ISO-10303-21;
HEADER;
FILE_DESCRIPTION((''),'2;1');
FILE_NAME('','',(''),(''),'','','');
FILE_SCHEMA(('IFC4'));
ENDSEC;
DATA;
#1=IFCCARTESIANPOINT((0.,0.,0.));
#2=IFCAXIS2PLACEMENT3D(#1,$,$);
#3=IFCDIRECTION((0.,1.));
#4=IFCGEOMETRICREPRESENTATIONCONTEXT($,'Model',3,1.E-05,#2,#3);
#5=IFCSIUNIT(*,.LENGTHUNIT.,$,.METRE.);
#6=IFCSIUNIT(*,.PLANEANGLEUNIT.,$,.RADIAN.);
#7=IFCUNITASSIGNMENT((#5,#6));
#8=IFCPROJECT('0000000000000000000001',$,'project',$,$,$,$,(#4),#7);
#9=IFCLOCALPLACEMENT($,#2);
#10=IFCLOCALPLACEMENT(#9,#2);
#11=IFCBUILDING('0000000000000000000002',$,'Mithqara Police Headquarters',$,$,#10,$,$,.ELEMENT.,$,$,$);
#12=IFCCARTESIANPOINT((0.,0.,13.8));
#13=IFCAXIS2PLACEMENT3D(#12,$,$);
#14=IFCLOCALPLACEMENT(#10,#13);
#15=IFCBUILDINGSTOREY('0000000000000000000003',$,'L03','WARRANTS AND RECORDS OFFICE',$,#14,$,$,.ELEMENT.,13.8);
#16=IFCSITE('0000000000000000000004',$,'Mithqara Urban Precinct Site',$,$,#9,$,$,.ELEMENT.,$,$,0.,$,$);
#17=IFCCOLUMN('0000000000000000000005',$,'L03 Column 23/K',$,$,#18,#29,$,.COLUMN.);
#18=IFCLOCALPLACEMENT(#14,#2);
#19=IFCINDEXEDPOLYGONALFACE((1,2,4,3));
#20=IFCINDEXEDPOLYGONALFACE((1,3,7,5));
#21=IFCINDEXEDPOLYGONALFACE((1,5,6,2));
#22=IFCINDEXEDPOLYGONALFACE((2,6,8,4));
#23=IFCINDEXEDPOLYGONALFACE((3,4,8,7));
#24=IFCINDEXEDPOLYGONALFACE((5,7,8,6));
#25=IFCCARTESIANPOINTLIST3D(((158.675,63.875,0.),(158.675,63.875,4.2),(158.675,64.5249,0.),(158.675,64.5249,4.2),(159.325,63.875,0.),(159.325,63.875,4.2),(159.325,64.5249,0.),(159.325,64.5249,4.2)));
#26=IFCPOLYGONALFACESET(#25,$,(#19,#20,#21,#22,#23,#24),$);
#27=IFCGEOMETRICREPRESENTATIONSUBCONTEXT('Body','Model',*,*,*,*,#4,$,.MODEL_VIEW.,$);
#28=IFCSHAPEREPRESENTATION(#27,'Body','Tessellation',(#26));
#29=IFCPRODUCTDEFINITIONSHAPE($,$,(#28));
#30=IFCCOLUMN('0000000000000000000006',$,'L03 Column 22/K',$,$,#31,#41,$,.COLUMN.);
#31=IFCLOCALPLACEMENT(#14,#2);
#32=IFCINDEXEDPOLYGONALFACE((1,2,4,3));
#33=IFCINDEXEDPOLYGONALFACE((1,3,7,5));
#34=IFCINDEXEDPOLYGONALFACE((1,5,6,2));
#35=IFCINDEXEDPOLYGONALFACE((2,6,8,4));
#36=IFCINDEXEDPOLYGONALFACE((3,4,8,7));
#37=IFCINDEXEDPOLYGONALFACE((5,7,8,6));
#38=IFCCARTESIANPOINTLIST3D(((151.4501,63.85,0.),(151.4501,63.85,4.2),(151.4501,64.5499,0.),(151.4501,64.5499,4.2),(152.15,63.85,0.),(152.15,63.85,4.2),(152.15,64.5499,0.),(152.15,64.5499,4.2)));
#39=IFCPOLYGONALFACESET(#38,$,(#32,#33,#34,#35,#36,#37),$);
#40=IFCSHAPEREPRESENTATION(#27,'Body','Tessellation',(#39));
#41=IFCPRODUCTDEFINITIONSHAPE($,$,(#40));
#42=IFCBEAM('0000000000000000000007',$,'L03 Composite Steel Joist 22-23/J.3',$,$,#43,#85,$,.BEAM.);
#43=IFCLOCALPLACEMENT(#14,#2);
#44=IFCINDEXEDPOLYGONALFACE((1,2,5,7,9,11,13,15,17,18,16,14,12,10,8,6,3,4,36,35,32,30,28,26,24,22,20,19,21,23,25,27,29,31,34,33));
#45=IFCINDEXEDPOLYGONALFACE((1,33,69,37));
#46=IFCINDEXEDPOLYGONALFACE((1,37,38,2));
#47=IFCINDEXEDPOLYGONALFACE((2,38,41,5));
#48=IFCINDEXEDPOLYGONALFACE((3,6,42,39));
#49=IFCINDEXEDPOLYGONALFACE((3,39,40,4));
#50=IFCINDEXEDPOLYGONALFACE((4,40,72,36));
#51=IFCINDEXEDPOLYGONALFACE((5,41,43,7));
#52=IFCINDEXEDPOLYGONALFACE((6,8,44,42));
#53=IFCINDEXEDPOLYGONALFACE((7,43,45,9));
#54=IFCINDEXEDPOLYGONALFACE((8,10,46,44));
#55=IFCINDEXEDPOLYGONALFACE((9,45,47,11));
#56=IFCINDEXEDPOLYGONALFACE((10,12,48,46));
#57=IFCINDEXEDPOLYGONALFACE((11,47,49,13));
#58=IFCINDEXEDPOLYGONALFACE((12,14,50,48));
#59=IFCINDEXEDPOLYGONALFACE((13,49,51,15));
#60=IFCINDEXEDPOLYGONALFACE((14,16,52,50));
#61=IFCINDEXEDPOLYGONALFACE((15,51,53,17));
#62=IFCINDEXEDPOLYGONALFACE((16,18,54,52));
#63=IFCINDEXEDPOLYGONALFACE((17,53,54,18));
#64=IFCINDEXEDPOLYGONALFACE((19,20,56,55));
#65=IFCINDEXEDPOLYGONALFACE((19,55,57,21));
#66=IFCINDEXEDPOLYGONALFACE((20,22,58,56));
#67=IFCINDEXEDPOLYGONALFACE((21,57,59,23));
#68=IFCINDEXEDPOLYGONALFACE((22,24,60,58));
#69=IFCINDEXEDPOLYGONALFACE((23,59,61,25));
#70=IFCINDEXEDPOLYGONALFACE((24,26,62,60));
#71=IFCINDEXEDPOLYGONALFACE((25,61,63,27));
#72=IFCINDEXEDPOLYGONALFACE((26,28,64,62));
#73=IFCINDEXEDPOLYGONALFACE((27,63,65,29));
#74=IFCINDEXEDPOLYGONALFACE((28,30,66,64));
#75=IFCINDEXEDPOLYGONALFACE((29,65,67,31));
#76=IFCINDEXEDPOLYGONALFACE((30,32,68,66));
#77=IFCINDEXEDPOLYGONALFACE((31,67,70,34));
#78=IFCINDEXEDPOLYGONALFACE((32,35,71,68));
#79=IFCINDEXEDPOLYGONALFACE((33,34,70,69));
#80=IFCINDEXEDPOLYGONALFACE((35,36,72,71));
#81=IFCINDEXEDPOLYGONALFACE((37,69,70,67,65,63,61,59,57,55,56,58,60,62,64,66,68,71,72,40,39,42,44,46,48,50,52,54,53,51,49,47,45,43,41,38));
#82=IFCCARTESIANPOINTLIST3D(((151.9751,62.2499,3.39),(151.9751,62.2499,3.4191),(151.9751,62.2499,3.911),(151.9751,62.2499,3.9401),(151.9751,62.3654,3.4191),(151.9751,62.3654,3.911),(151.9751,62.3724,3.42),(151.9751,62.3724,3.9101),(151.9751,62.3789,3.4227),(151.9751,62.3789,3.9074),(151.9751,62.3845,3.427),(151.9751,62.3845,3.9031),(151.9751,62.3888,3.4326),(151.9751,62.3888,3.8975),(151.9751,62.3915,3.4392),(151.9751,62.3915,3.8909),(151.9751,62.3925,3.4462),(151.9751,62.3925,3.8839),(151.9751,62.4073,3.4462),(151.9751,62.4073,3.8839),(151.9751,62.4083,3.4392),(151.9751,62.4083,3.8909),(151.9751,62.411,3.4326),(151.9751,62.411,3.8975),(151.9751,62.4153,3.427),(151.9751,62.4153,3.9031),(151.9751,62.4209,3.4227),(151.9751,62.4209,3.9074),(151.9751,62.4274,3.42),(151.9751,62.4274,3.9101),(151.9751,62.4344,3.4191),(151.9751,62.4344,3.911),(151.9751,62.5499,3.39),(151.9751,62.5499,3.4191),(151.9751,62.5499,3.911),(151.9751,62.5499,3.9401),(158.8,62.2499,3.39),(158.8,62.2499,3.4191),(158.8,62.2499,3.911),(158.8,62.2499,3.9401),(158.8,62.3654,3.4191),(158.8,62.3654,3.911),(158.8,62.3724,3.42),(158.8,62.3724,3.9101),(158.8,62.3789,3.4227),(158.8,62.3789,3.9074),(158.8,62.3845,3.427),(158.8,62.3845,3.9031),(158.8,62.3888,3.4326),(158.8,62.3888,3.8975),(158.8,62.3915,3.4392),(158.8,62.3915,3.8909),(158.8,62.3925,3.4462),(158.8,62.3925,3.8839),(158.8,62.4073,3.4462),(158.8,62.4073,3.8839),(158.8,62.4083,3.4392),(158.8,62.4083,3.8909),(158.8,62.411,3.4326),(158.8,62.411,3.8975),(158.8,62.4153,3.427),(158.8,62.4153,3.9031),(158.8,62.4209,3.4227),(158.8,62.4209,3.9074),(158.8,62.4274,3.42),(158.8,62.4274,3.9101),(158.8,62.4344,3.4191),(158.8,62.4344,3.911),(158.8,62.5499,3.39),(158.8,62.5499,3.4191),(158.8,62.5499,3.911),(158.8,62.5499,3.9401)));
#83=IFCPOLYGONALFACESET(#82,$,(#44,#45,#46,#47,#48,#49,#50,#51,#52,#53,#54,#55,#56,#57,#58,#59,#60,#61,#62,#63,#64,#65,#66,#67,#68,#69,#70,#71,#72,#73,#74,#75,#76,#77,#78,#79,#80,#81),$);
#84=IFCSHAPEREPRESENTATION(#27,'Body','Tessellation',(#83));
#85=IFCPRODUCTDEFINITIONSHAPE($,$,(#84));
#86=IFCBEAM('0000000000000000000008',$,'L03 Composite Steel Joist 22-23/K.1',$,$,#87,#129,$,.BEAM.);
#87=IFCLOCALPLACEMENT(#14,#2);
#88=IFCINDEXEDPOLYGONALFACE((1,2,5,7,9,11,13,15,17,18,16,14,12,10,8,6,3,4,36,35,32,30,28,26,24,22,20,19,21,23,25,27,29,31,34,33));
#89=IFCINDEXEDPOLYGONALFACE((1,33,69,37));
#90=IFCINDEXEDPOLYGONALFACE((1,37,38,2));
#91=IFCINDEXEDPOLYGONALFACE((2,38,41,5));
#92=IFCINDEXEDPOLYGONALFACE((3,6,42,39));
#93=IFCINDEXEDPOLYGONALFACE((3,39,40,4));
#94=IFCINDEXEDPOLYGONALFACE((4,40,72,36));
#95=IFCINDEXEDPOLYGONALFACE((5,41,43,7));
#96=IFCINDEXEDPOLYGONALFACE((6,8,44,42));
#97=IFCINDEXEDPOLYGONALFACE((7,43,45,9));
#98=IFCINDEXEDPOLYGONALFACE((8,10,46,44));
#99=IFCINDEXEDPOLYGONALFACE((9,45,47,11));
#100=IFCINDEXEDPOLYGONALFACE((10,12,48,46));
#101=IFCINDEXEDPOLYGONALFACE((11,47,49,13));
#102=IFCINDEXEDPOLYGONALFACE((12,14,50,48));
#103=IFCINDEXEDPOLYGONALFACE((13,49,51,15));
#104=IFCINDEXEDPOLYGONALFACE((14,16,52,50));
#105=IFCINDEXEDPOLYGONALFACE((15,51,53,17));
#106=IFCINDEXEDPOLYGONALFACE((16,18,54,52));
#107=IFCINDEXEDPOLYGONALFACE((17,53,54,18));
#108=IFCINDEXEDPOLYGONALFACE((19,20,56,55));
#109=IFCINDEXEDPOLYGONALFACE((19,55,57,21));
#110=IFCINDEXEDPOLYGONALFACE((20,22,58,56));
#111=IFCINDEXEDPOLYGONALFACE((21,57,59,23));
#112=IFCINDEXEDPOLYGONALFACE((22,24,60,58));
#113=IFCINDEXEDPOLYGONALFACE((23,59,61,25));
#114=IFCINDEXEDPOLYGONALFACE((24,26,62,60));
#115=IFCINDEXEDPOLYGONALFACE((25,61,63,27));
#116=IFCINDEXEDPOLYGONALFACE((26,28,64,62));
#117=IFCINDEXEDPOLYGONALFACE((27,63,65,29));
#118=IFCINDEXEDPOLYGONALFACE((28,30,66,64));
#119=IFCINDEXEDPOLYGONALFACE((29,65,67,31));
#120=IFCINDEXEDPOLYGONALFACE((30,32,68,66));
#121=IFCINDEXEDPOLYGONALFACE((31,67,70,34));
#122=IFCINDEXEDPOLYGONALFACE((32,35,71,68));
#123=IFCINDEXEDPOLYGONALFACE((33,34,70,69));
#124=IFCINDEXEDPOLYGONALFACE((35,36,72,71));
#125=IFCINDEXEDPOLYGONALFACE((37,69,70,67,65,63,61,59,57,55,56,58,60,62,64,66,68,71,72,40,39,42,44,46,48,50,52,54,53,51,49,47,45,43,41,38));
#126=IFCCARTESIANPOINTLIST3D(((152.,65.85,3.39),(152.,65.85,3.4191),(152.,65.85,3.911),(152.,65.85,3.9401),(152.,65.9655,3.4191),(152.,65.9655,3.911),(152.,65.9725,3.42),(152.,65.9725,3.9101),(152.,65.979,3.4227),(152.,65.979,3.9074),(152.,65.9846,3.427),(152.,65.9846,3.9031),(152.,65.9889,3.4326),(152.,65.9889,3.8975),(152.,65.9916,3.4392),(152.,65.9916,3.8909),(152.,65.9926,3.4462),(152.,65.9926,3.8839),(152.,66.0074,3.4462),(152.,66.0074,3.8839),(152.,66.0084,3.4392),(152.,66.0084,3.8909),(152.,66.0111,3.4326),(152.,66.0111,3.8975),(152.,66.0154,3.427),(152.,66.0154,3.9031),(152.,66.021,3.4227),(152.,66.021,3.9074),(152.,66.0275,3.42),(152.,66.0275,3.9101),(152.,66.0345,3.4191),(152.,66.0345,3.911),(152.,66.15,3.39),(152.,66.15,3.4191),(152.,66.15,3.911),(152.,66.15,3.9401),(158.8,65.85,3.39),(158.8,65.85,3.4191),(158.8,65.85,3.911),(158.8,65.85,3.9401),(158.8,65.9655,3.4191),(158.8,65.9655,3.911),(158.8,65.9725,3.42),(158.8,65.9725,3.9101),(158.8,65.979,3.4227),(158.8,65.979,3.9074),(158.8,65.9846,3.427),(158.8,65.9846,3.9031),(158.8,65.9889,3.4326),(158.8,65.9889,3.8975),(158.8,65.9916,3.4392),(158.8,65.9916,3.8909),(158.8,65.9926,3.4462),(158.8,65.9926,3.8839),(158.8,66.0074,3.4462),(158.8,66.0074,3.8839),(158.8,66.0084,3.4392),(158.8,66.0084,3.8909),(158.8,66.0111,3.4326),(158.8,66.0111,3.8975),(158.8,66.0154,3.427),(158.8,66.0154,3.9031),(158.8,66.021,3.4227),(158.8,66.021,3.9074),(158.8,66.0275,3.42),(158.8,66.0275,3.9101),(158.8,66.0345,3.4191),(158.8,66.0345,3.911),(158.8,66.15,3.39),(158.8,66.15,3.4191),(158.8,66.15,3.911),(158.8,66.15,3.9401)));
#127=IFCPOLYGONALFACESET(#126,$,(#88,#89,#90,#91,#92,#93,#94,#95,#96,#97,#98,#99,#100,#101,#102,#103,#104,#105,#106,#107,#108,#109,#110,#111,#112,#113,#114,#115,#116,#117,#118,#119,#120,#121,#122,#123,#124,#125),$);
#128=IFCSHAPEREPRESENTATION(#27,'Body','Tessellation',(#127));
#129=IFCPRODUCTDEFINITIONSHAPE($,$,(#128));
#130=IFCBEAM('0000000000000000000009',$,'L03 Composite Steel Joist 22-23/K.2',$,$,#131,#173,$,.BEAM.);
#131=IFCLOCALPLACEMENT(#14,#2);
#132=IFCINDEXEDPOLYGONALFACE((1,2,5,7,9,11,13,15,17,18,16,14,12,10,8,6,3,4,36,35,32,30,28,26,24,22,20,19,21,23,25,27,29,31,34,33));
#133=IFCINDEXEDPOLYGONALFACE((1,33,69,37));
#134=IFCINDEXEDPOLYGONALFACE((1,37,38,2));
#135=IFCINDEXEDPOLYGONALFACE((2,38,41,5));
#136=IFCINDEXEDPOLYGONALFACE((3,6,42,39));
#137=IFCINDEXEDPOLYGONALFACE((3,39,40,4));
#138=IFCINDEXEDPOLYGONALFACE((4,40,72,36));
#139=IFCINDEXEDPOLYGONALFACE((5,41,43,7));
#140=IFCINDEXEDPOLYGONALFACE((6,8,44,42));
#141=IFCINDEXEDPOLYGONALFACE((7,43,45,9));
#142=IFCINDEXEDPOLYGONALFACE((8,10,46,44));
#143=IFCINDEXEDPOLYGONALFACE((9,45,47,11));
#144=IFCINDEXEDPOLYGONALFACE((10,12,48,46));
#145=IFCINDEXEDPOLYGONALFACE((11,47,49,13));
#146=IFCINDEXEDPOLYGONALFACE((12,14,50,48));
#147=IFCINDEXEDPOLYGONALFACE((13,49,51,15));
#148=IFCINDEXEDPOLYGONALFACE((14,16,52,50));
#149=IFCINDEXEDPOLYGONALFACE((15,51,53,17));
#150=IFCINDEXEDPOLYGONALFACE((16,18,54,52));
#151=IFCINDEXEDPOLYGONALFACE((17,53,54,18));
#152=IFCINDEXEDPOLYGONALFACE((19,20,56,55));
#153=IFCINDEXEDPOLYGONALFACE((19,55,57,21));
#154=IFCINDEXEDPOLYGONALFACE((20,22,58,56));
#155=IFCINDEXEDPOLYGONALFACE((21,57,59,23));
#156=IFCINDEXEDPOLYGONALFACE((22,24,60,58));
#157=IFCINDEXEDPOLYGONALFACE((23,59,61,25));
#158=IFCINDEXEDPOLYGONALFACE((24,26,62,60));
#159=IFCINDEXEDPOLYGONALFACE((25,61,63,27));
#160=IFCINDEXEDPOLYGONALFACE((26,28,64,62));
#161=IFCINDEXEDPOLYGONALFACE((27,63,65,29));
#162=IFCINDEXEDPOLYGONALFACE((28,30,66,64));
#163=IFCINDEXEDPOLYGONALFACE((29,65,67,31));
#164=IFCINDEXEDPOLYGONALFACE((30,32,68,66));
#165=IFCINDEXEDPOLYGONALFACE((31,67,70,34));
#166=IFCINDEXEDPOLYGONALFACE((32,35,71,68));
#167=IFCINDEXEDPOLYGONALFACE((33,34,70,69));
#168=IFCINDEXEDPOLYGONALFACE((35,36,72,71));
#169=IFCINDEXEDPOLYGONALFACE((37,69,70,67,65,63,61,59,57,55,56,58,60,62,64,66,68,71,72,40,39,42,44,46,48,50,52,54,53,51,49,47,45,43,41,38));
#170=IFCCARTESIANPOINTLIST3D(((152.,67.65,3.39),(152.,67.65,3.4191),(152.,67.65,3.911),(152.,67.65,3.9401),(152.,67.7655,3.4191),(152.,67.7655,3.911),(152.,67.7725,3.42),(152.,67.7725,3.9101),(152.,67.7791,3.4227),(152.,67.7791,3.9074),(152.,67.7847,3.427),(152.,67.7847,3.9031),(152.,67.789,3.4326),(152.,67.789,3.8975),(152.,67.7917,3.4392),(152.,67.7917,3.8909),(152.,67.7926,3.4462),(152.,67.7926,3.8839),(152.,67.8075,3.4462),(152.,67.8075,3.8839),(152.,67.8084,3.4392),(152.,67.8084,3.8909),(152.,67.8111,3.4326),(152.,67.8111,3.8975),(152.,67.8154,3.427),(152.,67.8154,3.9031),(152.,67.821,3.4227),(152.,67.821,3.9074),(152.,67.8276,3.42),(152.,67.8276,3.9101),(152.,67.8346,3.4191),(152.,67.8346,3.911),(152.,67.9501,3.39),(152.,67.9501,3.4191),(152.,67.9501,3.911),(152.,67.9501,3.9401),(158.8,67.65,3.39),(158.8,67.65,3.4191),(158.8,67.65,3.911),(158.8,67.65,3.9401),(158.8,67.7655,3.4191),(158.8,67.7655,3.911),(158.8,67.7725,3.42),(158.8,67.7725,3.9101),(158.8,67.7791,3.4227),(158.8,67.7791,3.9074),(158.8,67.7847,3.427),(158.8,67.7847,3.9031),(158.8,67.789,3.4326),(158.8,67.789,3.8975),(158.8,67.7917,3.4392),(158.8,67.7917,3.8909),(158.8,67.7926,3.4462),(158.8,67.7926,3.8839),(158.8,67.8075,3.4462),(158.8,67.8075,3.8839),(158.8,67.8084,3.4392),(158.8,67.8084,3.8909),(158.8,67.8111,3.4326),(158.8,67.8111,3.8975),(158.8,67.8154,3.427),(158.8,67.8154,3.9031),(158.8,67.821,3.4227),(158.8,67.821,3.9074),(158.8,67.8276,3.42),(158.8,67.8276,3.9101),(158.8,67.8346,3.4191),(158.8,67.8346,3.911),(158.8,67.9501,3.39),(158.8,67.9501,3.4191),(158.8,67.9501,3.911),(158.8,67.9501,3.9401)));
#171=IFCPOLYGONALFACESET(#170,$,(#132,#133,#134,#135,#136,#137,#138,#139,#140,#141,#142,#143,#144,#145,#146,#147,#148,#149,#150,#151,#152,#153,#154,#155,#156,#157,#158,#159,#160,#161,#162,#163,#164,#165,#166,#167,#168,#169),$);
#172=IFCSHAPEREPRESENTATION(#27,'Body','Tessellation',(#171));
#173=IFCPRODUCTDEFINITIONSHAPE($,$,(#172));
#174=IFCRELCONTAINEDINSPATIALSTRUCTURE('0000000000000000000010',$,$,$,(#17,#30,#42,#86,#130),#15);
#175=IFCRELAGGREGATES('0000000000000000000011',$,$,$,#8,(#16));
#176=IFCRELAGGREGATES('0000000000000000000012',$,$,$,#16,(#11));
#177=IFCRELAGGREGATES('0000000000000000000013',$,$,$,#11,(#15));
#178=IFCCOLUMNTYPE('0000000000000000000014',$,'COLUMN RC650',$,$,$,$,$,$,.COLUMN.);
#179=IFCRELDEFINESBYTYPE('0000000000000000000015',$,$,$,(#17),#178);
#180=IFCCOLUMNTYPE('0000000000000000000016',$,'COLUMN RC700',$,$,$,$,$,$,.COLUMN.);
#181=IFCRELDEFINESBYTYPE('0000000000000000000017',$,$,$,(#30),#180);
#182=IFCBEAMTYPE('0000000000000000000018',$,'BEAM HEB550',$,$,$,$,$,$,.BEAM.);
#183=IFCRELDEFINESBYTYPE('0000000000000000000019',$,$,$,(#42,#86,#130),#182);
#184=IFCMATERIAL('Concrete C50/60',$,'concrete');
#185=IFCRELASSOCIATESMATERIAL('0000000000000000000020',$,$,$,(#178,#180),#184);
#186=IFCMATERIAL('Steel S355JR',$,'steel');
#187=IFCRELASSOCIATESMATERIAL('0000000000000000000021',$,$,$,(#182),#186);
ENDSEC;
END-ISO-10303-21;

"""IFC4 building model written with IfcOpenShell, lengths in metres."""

from ifc_helpers import new_model, si_unit, direction, frame, origin, origin_2d, place, context, subcontext, project, spatial, rectangle, i_section, extrude, material, material_profile, profile_set, type_object, element, save


model = new_model("IFC4")

# Units and contexts
model_context = context("Model", 3, precision=1e-05, world=origin(), true_north=direction((0.0, 1.0)))
body_context = subcontext(model_context, "Body", "Model", "MODEL_VIEW")
ifc_project = project(units=[si_unit("LENGTHUNIT", "METRE"), si_unit("PLANEANGLEUNIT", "RADIAN")], contexts=[model_context])

# Site, building, storey
site_placement = place(None, origin())
site = spatial("IfcSite", under=ifc_project, at=site_placement, Name="Mithqara Urban Precinct Site", CompositionType="ELEMENT", RefElevation=0.0)
building_placement = place(site_placement, origin())
building = spatial("IfcBuilding", under=site, at=building_placement, Name="Mithqara Police Headquarters", CompositionType="ELEMENT")
storey_placement = place(building_placement, frame((0.0, 0.0, 13.8)))
storey = spatial("IfcBuildingStorey", under=building, at=storey_placement, Name="L03", Description="WARRANTS AND RECORDS OFFICE", CompositionType="ELEMENT", Elevation=13.8)

# Columns
ifc_material_1 = material(Name="Concrete C50/60", Category="concrete")
ifc_material_profile_1 = material_profile(ifc_material_1, rectangle(XDim=0.6499, YDim=0.6499, at=origin_2d()), Name="RC 650x650")
ifc_profile_set_1 = profile_set([ifc_material_profile_1], Name="Concrete C50/60")
column_type_1 = type_object("IfcColumnType", Name="COLUMN RC650", PredefinedType="COLUMN", material=ifc_profile_set_1)
column_1_placement = place(storey_placement, frame((159.0, 64.2, 0.0), z_axis=(0.0, 0.0, 1.0), x_axis=(1.0, 0.0, 0.0)))
element("IfcColumn", 1, at=column_1_placement, inside=storey, type_object=column_type_1, Name="L03 Column 23/K", PredefinedType="COLUMN", context=body_context, shape_type="SweptSolid", body=[
    extrude(rectangle(XDim=0.6499, YDim=0.6499, at=origin_2d()), origin(), (0.0, 0.0, 1.0), 4.2),
])
ifc_material_profile_2 = material_profile(ifc_material_1, rectangle(XDim=0.7, YDim=0.7, at=origin_2d()), Name="RC 700x700")
ifc_profile_set_2 = profile_set([ifc_material_profile_2], Name="Concrete C50/60")
column_type_2 = type_object("IfcColumnType", Name="COLUMN RC700", PredefinedType="COLUMN", material=ifc_profile_set_2)
column_2_placement = place(storey_placement, frame((151.8, 64.2, 0.0), z_axis=(0.0, 0.0, 1.0), x_axis=(1.0, 0.0, 0.0)))
element("IfcColumn", 2, at=column_2_placement, inside=storey, type_object=column_type_2, Name="L03 Column 22/K", PredefinedType="COLUMN", context=body_context, shape_type="SweptSolid", body=[
    extrude(rectangle(XDim=0.7, YDim=0.7, at=origin_2d()), origin(), (0.0, 0.0, 1.0), 4.2),
])

# Beams
ifc_material_2 = material(Name="Steel S355JR", Category="steel")
ifc_material_profile_3 = material_profile(ifc_material_2, i_section(OverallWidth=0.3, OverallDepth=0.55, WebThickness=0.0149, FlangeThickness=0.0291, FilletRadius=0.0271, at=origin_2d()), Name="HEB 550")
ifc_profile_set_3 = profile_set([ifc_material_profile_3], Name="Steel S355JR")
beam_type_1 = type_object("IfcBeamType", Name="BEAM HEB550", PredefinedType="BEAM", material=ifc_profile_set_3)
beam_1_placement = place(storey_placement, frame((151.9751, 62.3999, 3.665), z_axis=(1.0, 0.0, 0.0), x_axis=(0.0, 1.0, 0.0)))
element("IfcBeam", 3, at=beam_1_placement, inside=storey, type_object=beam_type_1, Name="L03 Composite Steel Joist 22-23/J.3", PredefinedType="BEAM", context=body_context, shape_type="SweptSolid", body=[
    extrude(i_section(OverallWidth=0.3, OverallDepth=0.55, WebThickness=0.0149, FlangeThickness=0.0291, FilletRadius=0.0271, at=origin_2d()), origin(), (0.0, 0.0, 1.0), 6.825),
])
for number, where, z_axis, x_axis, name in (
    (4, (152.0, 66.0, 3.665), (1.0, 0.0, 0.0), (0.0, 1.0, 0.0), "L03 Composite Steel Joist 22-23/K.1"),
    (5, (152.0, 67.8, 3.665), (1.0, 0.0, 0.0), (0.0, 1.0, 0.0), "L03 Composite Steel Joist 22-23/K.2"),
):
    element("IfcBeam", number, at=place(storey_placement, frame(where, z_axis=z_axis, x_axis=x_axis)), inside=storey, type_object=beam_type_1, Name=name, PredefinedType="BEAM", context=body_context, shape_type="SweptSolid", body=[
        extrude(i_section(OverallWidth=0.3, OverallDepth=0.55, WebThickness=0.0149, FlangeThickness=0.0291, FilletRadius=0.0271, at=origin_2d()), origin(), (0.0, 0.0, 1.0), 6.8),
    ])

save(model, "model.ifc")
